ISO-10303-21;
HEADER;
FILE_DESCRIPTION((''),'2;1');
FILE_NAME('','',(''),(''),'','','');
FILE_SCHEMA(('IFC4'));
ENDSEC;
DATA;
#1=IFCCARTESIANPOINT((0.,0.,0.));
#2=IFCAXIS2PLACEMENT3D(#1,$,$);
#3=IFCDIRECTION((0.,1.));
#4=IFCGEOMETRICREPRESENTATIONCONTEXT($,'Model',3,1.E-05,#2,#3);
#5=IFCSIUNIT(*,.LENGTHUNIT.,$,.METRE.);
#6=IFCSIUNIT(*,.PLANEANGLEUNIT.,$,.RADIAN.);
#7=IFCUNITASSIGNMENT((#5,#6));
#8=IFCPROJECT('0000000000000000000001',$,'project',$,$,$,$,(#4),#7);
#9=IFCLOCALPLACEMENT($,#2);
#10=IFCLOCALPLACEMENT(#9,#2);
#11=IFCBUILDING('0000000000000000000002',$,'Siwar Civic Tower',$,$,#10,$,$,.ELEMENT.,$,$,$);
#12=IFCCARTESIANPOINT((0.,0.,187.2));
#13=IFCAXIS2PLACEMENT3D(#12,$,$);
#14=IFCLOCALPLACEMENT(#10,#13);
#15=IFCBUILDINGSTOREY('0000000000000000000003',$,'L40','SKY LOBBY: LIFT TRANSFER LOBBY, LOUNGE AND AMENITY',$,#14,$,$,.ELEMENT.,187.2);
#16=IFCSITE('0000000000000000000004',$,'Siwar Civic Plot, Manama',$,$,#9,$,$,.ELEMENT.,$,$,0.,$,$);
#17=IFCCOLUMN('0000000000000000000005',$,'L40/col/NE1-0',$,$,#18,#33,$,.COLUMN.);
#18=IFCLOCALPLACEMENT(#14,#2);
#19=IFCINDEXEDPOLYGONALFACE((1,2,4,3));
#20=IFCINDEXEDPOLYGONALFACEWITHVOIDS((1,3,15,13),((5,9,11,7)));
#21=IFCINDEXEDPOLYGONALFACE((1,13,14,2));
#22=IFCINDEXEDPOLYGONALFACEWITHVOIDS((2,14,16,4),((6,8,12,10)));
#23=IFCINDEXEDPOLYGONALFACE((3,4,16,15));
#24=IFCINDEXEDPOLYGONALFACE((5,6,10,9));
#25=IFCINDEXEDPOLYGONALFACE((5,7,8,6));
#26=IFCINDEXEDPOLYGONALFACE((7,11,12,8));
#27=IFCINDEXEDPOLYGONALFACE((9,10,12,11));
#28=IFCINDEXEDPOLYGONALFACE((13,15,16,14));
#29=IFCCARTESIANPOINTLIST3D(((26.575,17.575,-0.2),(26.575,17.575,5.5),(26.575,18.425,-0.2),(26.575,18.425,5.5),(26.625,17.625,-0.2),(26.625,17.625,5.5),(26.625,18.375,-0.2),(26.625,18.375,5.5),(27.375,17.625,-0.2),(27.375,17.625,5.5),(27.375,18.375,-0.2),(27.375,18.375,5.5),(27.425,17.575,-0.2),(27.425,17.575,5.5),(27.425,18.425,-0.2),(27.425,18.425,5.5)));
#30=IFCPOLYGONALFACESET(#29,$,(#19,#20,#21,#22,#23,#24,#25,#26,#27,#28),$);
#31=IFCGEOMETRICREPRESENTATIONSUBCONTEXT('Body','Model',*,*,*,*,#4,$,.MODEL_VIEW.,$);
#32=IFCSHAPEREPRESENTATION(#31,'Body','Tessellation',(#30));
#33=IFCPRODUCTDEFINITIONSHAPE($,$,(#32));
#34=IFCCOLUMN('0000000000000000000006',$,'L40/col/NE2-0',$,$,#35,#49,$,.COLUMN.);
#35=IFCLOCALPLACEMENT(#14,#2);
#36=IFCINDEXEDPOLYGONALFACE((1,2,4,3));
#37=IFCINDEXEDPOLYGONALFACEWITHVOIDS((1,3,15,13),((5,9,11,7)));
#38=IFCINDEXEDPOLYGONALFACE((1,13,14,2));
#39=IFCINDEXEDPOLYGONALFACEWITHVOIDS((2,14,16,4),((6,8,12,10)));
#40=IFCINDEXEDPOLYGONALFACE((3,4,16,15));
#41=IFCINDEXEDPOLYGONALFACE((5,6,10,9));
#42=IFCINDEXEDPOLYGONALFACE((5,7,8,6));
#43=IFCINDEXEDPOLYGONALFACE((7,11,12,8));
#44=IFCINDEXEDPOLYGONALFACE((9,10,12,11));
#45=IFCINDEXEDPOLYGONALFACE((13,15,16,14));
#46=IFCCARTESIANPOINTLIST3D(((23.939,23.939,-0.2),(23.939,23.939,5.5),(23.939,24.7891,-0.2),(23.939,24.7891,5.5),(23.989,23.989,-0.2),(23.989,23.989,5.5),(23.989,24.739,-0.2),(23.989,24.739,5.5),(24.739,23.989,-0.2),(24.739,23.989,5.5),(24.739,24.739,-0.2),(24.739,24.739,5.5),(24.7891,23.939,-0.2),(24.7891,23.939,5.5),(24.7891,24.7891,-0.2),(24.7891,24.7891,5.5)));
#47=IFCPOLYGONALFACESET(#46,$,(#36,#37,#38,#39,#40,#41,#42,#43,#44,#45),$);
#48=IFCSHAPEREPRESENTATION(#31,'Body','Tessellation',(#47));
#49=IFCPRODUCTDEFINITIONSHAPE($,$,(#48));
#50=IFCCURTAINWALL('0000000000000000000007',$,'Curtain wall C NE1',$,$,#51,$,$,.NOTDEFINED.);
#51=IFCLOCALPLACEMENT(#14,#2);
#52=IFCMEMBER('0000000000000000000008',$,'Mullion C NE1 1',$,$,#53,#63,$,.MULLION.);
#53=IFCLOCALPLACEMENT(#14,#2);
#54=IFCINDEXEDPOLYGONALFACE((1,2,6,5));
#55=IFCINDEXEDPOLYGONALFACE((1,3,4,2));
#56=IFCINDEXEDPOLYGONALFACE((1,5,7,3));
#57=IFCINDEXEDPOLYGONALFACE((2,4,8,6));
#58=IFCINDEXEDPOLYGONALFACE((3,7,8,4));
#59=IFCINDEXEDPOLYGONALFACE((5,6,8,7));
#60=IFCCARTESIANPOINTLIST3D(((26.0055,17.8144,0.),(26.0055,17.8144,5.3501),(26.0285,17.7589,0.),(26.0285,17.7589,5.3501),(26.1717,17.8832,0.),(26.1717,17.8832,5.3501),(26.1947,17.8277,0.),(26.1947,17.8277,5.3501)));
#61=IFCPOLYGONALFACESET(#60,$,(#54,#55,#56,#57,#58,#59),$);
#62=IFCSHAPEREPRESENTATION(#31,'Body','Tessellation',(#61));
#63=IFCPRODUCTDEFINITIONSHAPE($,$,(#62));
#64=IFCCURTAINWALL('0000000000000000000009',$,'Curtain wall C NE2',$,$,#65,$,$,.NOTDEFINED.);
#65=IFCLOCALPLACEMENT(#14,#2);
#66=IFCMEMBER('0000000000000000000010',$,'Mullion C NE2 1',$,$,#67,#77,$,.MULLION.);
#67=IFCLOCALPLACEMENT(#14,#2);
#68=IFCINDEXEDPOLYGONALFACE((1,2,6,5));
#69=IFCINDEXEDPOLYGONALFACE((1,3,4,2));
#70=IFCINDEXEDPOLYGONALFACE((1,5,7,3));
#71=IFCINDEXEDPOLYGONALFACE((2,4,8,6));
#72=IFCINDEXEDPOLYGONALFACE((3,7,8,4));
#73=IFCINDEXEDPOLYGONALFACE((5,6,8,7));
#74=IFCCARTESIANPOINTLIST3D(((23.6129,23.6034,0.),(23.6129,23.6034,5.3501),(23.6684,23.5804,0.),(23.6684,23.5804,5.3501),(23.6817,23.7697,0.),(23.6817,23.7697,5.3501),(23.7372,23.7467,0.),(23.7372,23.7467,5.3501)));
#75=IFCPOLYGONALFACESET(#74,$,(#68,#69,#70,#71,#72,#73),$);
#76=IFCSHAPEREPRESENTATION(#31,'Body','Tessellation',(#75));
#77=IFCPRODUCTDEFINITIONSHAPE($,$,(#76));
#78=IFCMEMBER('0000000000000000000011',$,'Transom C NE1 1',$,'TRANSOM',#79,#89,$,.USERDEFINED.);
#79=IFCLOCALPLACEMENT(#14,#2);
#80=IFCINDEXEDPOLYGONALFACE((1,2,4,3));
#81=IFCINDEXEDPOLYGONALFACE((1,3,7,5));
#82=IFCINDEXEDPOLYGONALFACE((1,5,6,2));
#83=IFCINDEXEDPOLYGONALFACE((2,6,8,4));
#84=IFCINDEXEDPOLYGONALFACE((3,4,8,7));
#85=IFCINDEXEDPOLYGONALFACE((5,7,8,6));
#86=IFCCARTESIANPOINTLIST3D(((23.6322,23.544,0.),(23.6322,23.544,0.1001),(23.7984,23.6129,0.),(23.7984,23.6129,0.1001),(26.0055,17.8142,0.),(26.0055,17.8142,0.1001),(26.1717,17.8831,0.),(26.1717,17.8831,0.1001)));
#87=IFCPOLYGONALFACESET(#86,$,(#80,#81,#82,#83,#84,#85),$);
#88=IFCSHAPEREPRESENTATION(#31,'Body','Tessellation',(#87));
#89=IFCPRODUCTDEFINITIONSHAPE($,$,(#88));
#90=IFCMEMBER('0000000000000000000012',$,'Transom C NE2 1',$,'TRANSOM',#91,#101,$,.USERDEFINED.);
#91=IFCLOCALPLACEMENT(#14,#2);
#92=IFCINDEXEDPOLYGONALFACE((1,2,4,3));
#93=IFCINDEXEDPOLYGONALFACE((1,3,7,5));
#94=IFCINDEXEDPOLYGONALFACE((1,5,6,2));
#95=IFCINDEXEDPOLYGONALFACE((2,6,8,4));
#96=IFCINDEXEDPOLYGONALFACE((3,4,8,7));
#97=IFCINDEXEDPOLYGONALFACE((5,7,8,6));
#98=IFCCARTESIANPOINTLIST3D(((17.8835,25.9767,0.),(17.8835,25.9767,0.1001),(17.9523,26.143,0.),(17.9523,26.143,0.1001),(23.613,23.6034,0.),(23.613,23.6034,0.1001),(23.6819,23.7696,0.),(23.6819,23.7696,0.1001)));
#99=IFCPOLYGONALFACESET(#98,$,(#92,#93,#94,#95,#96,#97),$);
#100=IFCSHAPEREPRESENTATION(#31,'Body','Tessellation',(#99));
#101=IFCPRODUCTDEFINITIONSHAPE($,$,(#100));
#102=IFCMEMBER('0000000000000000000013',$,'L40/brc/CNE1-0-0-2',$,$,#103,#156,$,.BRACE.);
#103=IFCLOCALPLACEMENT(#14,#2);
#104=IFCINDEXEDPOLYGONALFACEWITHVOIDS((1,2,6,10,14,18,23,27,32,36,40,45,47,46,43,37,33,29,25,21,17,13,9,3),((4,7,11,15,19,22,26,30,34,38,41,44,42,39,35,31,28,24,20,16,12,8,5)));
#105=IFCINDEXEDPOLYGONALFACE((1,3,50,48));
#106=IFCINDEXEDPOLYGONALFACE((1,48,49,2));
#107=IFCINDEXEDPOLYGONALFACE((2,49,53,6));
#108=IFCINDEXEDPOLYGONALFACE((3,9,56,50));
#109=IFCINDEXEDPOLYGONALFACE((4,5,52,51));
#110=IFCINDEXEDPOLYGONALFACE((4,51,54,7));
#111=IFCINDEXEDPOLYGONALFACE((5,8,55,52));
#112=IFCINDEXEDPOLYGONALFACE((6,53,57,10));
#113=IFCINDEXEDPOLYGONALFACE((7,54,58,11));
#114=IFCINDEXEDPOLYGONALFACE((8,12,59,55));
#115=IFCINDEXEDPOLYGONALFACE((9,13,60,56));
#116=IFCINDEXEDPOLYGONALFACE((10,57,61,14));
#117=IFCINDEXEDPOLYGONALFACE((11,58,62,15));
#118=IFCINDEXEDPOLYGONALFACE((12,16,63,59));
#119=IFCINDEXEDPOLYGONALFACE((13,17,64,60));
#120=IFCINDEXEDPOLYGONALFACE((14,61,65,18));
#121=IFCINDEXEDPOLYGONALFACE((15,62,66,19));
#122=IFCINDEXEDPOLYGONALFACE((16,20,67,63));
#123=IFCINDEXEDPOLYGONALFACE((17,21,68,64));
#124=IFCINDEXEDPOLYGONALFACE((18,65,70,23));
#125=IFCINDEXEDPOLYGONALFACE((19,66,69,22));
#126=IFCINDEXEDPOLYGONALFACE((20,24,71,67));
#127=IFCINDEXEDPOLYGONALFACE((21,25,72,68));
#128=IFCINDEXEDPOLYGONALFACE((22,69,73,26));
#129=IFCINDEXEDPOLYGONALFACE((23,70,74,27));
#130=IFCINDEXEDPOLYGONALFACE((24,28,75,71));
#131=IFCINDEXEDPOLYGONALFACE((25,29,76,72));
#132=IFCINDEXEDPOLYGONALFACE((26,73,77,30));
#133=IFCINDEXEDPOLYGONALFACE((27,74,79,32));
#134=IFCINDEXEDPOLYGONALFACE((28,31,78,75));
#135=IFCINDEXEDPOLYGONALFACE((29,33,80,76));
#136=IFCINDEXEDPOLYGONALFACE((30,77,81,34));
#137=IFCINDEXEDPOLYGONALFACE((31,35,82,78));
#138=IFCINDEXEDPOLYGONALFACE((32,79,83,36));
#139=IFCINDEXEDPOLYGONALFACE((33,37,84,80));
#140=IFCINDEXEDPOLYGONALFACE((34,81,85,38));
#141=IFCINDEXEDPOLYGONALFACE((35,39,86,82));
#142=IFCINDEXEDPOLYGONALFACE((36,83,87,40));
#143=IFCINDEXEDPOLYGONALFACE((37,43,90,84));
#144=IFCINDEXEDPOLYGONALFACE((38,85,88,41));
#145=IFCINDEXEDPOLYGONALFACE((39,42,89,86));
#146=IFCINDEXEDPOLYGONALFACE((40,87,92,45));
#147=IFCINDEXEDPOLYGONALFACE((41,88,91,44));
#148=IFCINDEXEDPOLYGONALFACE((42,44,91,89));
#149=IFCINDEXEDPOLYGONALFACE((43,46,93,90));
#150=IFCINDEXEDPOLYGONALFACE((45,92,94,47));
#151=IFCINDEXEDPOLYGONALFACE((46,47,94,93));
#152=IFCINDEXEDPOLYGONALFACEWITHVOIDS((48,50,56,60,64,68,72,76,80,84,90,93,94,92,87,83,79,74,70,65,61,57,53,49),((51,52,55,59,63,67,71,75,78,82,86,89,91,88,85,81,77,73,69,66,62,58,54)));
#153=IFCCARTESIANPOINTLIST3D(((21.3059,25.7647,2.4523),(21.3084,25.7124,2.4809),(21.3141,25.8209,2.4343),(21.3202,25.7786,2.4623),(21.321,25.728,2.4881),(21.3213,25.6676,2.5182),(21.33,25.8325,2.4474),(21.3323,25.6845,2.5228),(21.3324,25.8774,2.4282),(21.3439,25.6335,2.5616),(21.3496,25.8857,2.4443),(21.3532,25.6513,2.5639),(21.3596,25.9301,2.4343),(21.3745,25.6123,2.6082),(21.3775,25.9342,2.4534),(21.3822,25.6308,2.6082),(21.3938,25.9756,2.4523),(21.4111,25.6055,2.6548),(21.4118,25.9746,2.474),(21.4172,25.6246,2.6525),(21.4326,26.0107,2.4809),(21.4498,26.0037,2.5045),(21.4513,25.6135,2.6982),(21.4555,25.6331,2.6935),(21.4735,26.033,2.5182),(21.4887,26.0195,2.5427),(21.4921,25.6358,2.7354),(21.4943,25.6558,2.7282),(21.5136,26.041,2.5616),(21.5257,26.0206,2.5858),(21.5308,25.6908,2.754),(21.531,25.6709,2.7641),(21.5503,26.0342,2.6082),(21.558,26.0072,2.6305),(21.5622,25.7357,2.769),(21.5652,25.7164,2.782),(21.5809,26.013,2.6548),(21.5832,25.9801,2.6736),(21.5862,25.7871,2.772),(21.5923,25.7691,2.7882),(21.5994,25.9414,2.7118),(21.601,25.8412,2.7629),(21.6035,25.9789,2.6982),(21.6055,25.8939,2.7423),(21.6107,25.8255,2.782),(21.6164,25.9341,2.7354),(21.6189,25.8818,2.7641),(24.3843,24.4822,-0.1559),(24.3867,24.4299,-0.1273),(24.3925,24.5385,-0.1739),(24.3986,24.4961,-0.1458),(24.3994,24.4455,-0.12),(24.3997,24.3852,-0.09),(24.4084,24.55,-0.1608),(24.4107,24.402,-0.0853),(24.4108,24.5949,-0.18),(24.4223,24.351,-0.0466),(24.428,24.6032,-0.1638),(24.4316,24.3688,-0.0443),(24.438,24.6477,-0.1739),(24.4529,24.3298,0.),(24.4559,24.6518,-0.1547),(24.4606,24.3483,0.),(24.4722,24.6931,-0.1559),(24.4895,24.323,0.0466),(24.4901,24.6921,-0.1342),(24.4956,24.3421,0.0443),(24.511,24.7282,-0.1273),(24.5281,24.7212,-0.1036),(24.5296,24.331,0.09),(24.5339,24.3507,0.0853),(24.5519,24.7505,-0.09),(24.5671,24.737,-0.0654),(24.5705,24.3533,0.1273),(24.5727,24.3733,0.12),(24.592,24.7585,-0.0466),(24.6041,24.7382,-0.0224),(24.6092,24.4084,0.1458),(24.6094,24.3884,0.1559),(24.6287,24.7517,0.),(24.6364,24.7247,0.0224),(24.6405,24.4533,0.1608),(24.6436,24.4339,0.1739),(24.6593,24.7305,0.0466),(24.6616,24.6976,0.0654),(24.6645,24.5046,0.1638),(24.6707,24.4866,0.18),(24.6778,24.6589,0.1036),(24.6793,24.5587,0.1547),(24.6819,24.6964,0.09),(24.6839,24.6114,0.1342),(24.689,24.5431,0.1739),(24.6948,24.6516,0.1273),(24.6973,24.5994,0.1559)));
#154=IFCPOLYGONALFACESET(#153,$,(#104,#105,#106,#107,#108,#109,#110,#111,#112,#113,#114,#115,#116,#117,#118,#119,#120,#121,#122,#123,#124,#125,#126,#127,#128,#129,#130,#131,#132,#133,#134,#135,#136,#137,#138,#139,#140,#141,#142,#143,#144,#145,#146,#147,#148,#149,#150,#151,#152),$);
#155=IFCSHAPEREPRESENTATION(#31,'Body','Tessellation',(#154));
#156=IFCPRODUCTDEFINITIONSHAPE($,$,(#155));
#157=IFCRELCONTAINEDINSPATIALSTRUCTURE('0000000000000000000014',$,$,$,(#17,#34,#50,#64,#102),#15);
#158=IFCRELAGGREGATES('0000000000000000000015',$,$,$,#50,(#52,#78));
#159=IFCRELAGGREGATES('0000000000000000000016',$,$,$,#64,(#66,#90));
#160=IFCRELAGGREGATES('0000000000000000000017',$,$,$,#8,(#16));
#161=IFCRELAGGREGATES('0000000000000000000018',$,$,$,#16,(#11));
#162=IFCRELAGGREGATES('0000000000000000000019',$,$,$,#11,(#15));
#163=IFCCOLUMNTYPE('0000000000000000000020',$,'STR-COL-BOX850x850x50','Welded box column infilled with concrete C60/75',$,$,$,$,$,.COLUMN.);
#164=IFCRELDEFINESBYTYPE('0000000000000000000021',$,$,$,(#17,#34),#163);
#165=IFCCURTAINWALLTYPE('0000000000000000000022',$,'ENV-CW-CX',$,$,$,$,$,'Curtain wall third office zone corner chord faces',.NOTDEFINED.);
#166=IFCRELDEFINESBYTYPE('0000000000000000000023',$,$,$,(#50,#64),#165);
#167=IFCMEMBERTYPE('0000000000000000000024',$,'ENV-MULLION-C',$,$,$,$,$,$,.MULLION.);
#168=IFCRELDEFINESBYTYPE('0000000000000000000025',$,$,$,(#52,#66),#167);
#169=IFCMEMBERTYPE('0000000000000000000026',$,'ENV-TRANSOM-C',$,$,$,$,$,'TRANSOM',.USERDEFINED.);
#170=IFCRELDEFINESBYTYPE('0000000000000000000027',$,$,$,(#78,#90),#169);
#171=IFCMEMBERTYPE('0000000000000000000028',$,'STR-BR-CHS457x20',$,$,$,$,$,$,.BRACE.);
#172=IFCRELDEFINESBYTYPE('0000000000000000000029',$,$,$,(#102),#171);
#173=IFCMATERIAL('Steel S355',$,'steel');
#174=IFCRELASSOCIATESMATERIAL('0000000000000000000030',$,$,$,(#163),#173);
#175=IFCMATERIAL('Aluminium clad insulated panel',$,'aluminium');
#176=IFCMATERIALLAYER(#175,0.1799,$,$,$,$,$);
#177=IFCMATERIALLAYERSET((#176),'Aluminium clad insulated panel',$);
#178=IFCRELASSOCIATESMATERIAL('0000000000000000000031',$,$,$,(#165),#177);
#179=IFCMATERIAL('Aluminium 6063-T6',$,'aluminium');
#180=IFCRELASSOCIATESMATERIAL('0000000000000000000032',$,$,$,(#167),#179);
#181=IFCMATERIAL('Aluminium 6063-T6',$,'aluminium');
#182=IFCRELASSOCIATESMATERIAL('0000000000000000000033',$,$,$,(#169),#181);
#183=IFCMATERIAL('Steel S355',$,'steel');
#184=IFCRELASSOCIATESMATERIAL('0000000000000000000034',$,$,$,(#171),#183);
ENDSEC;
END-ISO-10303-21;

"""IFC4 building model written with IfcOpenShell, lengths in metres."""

from ifc_helpers import new_model, si_unit, direction, frame, origin, origin_2d, place, context, subcontext, project, spatial, rectangle, hollow_rectangle, hollow_circle, extrude, material, layer, layer_set, material_profile, profile_set, type_object, element, aggregate, save


model = new_model("IFC4")

# Units and contexts
model_context = context("Model", 3, precision=1e-05, world=origin(), true_north=direction((0.0, 1.0)))
body_context = subcontext(model_context, "Body", "Model", "MODEL_VIEW")
ifc_project = project(units=[si_unit("LENGTHUNIT", "METRE"), si_unit("PLANEANGLEUNIT", "RADIAN")], contexts=[model_context])

# Site, building, storey
site_placement = place(None, origin())
site = spatial("IfcSite", under=ifc_project, at=site_placement, Name="Siwar Civic Plot, Manama", CompositionType="ELEMENT", RefElevation=0.0)
building_placement = place(site_placement, origin())
building = spatial("IfcBuilding", under=site, at=building_placement, Name="Siwar Civic Tower", CompositionType="ELEMENT")
storey_placement = place(building_placement, frame((0.0, 0.0, 187.2)))
storey = spatial("IfcBuildingStorey", under=building, at=storey_placement, Name="L40", Description="SKY LOBBY: LIFT TRANSFER LOBBY, LOUNGE AND AMENITY", CompositionType="ELEMENT", Elevation=187.2)

# Columns
ifc_material_1 = material(Name="Steel S355", Category="steel")
ifc_material_profile_1 = material_profile(ifc_material_1, hollow_rectangle(XDim=0.8501, YDim=0.8501, WallThickness=0.05, at=origin_2d()), Name="BOX850x850x50")
ifc_profile_set_1 = profile_set([ifc_material_profile_1], Name="Steel S355")
column_type = type_object("IfcColumnType", Name="STR-COL-BOX850x850x50", Description="Welded box column infilled with concrete C60/75", PredefinedType="COLUMN", material=ifc_profile_set_1)
for number, where, z_axis, x_axis, name in (
    (1, (27.0, 18.0, -0.2), (0.0, 0.0, 1.0), (1.0, 0.0, 0.0), "L40/col/NE1-0"),
    (2, (24.364, 24.364, -0.2), (0.0, 0.0, 1.0), (1.0, 0.0, 0.0), "L40/col/NE2-0"),
):
    element("IfcColumn", number, at=place(storey_placement, frame(where, z_axis=z_axis, x_axis=x_axis)), inside=storey, type_object=column_type, Name=name, PredefinedType="COLUMN", context=body_context, shape_type="SweptSolid", body=[
        extrude(hollow_rectangle(XDim=0.8501, YDim=0.8501, WallThickness=0.05, at=origin_2d()), origin(), (0.0, 0.0, 1.0), 5.7),
    ])

# Curtain walls, members
ifc_material_2 = material(Name="Aluminium clad insulated panel", Category="aluminium")
ifc_layer_1 = layer(ifc_material_2, 0.1799)
ifc_layer_set_1 = layer_set([ifc_layer_1], Name="Aluminium clad insulated panel")
curtain_wall_type = type_object("IfcCurtainWallType", Name="ENV-CW-CX", ElementType="Curtain wall third office zone corner chord faces", PredefinedType="NOTDEFINED", material=ifc_layer_set_1)
curtain_wall_1_placement = place(storey_placement, origin())
curtain_wall_1 = element("IfcCurtainWall", 3, at=curtain_wall_1_placement, inside=storey, type_object=curtain_wall_type, Name="Curtain wall C NE1", PredefinedType="NOTDEFINED")
ifc_material_3 = material(Name="Aluminium 6063-T6", Category="aluminium")
ifc_material_profile_2 = material_profile(ifc_material_3, rectangle(XDim=0.1799, YDim=0.0601, at=origin_2d()), Name="AL 180x60")
ifc_profile_set_2 = profile_set([ifc_material_profile_2], Name="Aluminium 6063-T6")
member_type_1 = type_object("IfcMemberType", Name="ENV-MULLION-C", PredefinedType="MULLION", material=ifc_profile_set_2)
member_1_placement = place(storey_placement, frame((26.1001, 17.821, 0.0), z_axis=(0.0, 0.0, 1.0), x_axis=(-0.92388, -0.382683, 0.0)))
member_1 = element("IfcMember", 4, at=member_1_placement, type_object=member_type_1, Name="Mullion C NE1 1", PredefinedType="MULLION", context=body_context, shape_type="SweptSolid", body=[
    extrude(rectangle(XDim=0.1799, YDim=0.0601, at=origin_2d()), origin(), (0.0, 0.0, 1.0), 5.3501),
])
curtain_wall_2_placement = place(storey_placement, origin())
curtain_wall_2 = element("IfcCurtainWall", 5, at=curtain_wall_2_placement, inside=storey, type_object=curtain_wall_type, Name="Curtain wall C NE2", PredefinedType="NOTDEFINED")
member_2_placement = place(storey_placement, frame((23.675, 23.675, 0.0), z_axis=(0.0, 0.0, 1.0), x_axis=(-0.382683, -0.92388, 0.0)))
member_2 = element("IfcMember", 6, at=member_2_placement, type_object=member_type_1, Name="Mullion C NE2 1", PredefinedType="MULLION", context=body_context, shape_type="SweptSolid", body=[
    extrude(rectangle(XDim=0.1799, YDim=0.0601, at=origin_2d()), origin(), (0.0, 0.0, 1.0), 5.3501),
])

# Members
ifc_material_4 = material(Name="Aluminium 6063-T6", Category="aluminium")
ifc_material_profile_3 = material_profile(ifc_material_4, rectangle(XDim=0.1799, YDim=0.1001, at=origin_2d()), Name="AL 180x100")
ifc_profile_set_3 = profile_set([ifc_material_profile_3], Name="Aluminium 6063-T6")
member_type_2 = type_object("IfcMemberType", Name="ENV-TRANSOM-C", ElementType="TRANSOM", PredefinedType="USERDEFINED", material=ifc_profile_set_3)
member_3_placement = place(storey_placement, frame((26.0886, 17.8486, 0.05), z_axis=(-0.382677, 0.923882, 0.0), x_axis=(-0.923882, -0.382677, 0.0)))
member_3 = element("IfcMember", 7, at=member_3_placement, type_object=member_type_2, Name="Transom C NE1 1", ObjectType="TRANSOM", PredefinedType="USERDEFINED", context=body_context, shape_type="SweptSolid", body=[
    extrude(rectangle(XDim=0.1799, YDim=0.1001, at=origin_2d()), origin(), (0.0, 0.0, 1.0), 6.2019),
])
member_4_placement = place(storey_placement, frame((23.6475, 23.6865, 0.05), z_axis=(-0.923876, 0.382691, 0.0), x_axis=(-0.382691, -0.923876, 0.0)))
member_4 = element("IfcMember", 8, at=member_4_placement, type_object=member_type_2, Name="Transom C NE2 1", ObjectType="TRANSOM", PredefinedType="USERDEFINED", context=body_context, shape_type="SweptSolid", body=[
    extrude(rectangle(XDim=0.1799, YDim=0.1001, at=origin_2d()), origin(), (0.0, 0.0, 1.0), 6.2017),
])

# Member
ifc_material_5 = material(Name="Steel S355", Category="steel")
ifc_material_profile_4 = material_profile(ifc_material_5, hollow_circle(Radius=0.2285, WallThickness=0.02, at=origin_2d()), Name="CHS457x20")
ifc_profile_set_4 = profile_set([ifc_material_profile_4], Name="Steel S355")
member_type_3 = type_object("IfcMemberType", Name="STR-BR-CHS457x20", PredefinedType="BRACE", material=ifc_profile_set_4)
member_5_placement = place(storey_placement, frame((24.5408, 24.5408, 0.0), z_axis=(-0.727124, 0.302925, 0.616057), x_axis=(-0.384569, -0.923096, 0.0)))
element("IfcMember", 9, at=member_5_placement, inside=storey, type_object=member_type_3, Name="L40/brc/CNE1-0-0-2", PredefinedType="BRACE", context=body_context, shape_type="SweptSolid", body=[
    extrude(hollow_circle(Radius=0.2285, WallThickness=0.02, at=origin_2d()), origin(), (0.0, 0.0, 1.0), 4.2336),
])

aggregate(curtain_wall_1, [member_1, member_3])
aggregate(curtain_wall_2, [member_2, member_4])

save(model, "model.ifc")
